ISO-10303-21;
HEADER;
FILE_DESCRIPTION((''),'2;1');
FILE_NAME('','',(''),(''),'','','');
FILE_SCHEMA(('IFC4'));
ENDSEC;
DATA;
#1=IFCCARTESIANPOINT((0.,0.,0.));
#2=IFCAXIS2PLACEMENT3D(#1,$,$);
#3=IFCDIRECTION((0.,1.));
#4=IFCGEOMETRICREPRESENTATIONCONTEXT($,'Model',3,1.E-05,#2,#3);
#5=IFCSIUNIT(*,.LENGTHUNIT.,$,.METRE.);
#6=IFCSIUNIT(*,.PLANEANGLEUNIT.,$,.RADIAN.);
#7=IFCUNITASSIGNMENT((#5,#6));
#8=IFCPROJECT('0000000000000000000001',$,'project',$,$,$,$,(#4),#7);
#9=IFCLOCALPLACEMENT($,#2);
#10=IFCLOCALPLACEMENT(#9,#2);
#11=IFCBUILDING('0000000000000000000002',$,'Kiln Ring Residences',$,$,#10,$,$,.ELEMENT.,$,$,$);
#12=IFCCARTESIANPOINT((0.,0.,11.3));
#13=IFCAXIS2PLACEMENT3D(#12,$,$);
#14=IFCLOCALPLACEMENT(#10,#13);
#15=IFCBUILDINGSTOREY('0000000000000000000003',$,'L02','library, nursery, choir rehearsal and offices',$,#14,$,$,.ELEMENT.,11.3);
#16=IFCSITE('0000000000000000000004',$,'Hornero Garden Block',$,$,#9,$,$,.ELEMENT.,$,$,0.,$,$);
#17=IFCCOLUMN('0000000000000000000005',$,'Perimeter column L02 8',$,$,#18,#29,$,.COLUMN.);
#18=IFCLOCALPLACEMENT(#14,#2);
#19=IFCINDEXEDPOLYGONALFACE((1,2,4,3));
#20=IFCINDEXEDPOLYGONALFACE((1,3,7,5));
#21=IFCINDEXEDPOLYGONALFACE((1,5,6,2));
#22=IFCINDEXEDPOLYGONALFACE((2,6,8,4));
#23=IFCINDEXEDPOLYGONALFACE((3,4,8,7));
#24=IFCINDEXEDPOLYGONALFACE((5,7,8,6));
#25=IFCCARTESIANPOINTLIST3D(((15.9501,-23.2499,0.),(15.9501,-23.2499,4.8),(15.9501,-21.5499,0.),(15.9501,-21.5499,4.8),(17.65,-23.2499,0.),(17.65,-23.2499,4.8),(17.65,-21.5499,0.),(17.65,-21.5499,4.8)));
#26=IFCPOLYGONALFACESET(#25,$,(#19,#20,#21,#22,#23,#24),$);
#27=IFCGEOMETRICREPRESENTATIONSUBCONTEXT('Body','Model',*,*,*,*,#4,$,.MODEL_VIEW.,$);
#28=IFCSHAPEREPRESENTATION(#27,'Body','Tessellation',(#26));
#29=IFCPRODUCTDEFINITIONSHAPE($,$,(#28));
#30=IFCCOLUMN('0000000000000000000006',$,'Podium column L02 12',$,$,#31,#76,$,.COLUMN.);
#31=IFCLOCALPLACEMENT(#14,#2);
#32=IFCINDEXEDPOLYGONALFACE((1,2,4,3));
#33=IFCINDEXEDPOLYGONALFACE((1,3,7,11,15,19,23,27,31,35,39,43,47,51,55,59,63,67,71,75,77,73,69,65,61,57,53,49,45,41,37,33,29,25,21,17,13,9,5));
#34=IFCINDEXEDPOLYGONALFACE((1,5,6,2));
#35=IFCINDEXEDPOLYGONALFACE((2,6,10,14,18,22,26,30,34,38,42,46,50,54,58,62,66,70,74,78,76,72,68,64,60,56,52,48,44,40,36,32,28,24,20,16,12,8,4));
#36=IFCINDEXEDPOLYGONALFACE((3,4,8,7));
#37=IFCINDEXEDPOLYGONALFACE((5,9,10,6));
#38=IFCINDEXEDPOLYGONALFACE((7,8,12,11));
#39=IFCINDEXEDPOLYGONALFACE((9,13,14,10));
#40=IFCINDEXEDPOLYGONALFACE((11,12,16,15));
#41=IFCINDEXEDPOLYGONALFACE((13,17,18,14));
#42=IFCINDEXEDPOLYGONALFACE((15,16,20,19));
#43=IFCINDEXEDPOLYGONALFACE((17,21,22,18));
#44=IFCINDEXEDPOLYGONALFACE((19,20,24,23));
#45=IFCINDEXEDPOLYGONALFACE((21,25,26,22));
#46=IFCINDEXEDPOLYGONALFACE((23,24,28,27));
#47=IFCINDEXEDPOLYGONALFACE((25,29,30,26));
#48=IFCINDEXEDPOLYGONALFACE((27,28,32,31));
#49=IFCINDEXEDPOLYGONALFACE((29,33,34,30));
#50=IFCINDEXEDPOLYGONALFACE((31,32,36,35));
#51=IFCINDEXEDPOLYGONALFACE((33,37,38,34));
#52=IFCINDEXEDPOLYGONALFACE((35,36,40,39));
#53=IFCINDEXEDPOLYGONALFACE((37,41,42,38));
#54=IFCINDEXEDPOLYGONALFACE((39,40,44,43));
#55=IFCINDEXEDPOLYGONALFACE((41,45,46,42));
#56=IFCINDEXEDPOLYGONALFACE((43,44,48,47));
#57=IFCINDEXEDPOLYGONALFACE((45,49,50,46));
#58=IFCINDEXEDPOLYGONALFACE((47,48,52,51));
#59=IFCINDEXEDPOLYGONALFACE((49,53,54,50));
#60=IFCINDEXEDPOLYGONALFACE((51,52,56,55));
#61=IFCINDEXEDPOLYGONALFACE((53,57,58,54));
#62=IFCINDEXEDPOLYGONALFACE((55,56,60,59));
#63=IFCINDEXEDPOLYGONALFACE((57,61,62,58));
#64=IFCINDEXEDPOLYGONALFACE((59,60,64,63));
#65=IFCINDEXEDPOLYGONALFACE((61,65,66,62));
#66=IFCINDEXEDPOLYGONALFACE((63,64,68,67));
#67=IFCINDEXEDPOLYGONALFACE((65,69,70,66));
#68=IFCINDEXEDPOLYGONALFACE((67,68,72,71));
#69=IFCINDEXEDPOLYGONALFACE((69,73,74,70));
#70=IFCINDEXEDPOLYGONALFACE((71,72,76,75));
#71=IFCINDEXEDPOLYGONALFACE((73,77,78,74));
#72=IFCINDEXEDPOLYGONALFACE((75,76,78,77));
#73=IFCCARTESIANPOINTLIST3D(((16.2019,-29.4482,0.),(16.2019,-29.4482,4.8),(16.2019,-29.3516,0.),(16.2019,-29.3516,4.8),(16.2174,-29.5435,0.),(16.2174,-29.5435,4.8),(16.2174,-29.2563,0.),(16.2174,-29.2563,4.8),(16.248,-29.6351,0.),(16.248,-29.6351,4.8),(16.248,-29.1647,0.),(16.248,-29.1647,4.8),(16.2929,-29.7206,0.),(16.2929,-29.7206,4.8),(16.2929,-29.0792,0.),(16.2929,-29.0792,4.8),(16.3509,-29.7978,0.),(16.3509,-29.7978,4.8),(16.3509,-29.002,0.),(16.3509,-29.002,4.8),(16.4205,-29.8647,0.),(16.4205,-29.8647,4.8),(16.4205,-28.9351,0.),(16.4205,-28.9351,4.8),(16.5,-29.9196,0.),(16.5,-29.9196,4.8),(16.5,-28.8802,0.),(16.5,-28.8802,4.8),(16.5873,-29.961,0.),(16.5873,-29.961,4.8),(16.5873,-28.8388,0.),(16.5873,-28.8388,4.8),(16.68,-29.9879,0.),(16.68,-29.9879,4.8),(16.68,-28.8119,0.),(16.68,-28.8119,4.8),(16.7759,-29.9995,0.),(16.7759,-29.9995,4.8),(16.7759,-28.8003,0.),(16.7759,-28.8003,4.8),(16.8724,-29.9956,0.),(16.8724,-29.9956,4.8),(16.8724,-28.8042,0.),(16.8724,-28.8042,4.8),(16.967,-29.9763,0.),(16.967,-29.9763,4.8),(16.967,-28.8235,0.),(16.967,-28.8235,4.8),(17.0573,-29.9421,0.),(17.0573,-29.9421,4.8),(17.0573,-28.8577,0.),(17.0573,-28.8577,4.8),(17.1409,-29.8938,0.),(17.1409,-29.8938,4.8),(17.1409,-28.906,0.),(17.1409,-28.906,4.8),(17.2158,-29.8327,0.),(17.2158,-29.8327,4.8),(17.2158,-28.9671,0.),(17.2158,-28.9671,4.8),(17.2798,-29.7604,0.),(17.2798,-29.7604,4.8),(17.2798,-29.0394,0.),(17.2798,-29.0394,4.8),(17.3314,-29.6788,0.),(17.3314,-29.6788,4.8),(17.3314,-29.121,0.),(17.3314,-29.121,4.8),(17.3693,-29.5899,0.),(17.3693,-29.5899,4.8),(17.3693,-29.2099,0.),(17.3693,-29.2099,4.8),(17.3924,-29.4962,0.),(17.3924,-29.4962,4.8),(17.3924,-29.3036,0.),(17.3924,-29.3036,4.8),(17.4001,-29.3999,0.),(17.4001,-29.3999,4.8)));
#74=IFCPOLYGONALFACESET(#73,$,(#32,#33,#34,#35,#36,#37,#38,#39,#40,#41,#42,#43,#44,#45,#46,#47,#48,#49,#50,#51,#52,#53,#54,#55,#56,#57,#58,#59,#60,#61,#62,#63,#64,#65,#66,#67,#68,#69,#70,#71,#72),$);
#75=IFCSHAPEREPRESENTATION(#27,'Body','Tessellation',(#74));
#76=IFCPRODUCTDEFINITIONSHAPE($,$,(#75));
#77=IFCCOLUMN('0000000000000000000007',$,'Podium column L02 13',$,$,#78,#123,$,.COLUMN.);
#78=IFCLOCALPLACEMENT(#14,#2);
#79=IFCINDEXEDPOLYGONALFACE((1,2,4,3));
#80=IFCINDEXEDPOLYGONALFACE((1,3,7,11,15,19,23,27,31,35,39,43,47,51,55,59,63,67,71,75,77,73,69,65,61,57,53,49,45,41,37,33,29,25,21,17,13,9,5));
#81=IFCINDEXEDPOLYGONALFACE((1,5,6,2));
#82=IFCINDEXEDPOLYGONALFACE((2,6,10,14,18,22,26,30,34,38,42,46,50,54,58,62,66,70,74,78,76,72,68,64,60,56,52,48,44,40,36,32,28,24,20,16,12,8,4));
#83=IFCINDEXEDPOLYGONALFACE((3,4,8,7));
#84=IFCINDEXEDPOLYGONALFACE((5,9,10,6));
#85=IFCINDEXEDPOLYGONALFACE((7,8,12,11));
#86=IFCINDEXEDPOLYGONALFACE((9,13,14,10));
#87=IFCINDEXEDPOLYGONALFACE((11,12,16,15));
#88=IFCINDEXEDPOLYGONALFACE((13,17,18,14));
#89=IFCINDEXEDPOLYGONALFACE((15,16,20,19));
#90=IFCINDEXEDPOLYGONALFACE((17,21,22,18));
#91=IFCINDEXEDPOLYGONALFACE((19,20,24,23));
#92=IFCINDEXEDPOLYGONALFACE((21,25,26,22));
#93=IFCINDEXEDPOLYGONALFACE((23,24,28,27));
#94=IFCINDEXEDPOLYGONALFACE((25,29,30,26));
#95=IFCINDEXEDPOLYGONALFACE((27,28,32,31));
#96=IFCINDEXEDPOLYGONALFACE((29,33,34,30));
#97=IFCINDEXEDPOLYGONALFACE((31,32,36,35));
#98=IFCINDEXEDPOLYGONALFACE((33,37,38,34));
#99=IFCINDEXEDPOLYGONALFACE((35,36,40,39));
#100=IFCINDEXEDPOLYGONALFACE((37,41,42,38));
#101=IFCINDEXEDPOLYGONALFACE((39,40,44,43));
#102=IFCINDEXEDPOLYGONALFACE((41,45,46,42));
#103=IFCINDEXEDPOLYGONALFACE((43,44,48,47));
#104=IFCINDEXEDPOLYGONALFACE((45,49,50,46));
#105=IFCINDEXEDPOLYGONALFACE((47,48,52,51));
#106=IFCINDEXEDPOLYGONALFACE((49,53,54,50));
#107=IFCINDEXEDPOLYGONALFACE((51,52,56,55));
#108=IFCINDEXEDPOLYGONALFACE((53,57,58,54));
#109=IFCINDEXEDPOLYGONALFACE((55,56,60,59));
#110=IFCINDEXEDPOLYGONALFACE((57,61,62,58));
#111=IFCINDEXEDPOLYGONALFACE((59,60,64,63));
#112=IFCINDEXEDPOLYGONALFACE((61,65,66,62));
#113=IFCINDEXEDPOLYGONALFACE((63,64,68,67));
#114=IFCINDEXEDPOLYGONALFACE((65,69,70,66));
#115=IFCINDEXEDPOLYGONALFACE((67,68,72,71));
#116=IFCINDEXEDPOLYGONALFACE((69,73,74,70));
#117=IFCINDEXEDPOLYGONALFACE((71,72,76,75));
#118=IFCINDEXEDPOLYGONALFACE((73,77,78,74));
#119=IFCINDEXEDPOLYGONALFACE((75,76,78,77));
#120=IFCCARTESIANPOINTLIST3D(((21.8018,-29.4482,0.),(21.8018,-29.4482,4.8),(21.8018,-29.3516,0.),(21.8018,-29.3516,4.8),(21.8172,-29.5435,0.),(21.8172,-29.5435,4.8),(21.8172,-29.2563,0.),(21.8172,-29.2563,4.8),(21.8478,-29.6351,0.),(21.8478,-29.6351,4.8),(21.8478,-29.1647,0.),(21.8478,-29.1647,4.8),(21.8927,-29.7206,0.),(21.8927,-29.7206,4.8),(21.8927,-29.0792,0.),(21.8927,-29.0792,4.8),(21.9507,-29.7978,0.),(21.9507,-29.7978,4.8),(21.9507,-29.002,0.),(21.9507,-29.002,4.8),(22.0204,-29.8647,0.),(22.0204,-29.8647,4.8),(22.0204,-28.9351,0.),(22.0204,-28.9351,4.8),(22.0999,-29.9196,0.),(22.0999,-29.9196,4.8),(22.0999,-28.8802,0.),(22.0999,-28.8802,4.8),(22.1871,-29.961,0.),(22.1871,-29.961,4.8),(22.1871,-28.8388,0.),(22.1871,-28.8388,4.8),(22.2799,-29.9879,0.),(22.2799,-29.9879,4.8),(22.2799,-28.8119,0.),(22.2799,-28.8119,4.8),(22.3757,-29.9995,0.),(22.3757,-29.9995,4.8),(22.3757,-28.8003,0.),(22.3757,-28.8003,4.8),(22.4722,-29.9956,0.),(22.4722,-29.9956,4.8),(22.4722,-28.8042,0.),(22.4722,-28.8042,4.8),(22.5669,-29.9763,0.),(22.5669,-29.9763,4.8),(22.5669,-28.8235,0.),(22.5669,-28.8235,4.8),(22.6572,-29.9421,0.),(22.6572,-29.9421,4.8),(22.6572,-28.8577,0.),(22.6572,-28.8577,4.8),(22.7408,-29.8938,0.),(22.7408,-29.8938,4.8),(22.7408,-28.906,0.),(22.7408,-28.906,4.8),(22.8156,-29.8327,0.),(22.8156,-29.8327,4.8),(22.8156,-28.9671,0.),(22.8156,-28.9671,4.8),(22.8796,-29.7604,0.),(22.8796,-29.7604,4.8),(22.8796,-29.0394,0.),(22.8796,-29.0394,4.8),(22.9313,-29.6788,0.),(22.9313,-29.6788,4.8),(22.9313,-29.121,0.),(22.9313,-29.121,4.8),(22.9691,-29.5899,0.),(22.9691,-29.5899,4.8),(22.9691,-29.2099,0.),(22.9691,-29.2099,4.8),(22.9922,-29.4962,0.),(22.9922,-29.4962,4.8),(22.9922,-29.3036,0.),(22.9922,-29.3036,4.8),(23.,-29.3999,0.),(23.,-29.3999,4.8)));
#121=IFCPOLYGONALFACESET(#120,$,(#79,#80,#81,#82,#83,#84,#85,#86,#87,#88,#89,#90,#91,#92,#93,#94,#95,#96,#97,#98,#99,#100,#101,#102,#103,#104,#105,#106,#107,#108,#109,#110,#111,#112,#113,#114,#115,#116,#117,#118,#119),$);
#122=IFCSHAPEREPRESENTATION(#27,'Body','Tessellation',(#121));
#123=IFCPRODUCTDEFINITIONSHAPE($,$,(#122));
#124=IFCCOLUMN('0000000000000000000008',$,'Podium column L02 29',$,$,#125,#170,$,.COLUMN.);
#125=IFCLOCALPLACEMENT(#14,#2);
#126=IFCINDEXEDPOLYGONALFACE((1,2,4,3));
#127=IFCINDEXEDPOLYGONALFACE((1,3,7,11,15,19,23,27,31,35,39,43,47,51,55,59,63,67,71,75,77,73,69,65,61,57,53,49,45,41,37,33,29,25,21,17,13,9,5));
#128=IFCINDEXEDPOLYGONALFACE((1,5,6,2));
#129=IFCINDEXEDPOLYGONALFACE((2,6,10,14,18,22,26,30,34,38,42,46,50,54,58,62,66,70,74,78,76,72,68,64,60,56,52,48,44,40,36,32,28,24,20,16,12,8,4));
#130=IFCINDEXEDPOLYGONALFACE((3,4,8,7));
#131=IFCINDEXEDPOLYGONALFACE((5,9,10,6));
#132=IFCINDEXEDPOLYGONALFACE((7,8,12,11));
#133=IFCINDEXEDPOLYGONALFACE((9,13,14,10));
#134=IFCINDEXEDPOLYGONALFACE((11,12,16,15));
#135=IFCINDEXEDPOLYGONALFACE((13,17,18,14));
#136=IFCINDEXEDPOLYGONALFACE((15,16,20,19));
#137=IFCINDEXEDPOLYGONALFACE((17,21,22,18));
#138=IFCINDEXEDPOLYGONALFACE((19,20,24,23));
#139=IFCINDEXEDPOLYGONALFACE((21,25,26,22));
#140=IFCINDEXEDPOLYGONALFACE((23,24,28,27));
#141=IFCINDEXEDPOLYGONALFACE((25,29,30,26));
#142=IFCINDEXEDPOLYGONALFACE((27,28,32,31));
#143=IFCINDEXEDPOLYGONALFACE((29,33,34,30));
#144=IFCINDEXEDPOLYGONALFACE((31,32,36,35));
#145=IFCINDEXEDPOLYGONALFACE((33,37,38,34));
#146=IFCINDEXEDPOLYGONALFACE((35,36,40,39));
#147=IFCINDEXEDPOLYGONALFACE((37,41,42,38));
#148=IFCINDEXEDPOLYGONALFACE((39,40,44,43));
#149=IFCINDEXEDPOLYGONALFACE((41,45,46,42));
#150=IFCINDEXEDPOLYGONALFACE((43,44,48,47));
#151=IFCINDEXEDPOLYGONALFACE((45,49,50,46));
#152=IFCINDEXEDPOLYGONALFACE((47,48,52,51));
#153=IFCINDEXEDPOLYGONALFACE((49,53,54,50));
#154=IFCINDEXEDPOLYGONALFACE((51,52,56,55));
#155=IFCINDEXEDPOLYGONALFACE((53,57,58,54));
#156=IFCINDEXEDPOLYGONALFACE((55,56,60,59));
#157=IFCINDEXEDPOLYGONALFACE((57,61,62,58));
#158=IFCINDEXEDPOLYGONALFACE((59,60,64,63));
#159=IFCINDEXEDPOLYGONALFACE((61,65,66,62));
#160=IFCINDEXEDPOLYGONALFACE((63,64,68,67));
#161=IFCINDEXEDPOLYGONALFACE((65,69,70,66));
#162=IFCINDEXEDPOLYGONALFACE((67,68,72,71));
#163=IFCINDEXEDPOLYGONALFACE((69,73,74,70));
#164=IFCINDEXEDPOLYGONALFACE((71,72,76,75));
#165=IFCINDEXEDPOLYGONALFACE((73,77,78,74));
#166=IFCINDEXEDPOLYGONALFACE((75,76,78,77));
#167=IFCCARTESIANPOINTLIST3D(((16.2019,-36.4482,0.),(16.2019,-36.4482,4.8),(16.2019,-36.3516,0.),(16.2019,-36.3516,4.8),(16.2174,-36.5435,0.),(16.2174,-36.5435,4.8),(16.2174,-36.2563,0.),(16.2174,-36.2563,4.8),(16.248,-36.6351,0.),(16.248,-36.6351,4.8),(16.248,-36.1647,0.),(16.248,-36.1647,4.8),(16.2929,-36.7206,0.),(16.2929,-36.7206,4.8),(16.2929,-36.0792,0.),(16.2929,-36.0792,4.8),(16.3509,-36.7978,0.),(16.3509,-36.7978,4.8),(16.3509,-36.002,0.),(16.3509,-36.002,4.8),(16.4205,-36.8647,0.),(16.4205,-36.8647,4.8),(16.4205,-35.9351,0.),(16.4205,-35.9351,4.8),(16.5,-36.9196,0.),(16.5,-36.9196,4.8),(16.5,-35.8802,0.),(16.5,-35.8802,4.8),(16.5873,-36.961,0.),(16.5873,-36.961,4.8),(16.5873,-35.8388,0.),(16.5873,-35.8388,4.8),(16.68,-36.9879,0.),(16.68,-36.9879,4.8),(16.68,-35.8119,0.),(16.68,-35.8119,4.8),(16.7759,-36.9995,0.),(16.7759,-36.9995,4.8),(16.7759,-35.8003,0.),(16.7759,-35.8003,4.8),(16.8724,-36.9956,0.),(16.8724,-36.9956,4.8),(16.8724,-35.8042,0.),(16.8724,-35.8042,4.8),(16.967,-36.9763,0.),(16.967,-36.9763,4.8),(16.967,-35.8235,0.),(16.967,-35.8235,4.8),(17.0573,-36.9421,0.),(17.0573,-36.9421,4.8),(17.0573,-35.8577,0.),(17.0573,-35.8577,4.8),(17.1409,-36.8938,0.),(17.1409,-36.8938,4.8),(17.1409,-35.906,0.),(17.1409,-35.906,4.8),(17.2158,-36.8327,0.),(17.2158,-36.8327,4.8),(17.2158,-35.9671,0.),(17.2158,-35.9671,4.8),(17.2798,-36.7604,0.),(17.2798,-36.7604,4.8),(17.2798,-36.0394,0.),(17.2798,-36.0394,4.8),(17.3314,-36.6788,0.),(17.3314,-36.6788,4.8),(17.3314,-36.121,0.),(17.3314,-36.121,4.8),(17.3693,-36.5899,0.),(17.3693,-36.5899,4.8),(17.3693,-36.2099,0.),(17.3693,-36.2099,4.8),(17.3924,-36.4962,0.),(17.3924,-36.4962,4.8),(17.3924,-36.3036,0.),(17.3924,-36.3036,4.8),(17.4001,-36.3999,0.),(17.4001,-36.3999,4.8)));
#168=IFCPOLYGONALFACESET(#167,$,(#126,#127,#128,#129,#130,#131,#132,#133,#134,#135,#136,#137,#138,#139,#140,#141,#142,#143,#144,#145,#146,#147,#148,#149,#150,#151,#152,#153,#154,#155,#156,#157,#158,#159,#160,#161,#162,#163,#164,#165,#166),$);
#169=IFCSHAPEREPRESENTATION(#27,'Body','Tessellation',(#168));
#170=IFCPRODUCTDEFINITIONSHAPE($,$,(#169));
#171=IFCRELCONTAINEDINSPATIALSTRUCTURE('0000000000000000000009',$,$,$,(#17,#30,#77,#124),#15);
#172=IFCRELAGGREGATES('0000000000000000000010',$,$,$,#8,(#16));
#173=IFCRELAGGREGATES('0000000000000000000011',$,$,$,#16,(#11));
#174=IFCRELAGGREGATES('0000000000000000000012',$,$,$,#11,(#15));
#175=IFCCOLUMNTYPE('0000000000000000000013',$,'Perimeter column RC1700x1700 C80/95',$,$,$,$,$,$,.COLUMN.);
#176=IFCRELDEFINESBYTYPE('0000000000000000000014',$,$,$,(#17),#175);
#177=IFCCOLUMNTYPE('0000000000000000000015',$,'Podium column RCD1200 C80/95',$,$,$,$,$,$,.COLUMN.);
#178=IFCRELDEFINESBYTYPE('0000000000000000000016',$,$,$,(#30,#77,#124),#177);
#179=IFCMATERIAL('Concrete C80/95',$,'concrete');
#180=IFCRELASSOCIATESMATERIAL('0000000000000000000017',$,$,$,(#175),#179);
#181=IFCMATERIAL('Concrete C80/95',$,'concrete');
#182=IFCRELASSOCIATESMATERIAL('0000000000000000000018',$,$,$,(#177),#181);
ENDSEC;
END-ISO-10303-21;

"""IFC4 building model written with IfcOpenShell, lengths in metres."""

from ifc_helpers import new_model, si_unit, direction, frame, origin, origin_2d, place, context, subcontext, project, spatial, rectangle, circle, extrude, material, material_profile, profile_set, type_object, element, save


model = new_model("IFC4")

# Units and contexts
model_context = context("Model", 3, precision=1e-05, world=origin(), true_north=direction((0.0, 1.0)))
body_context = subcontext(model_context, "Body", "Model", "MODEL_VIEW")
ifc_project = project(units=[si_unit("LENGTHUNIT", "METRE"), si_unit("PLANEANGLEUNIT", "RADIAN")], contexts=[model_context])

# Site, building, storey
site_placement = place(None, origin())
site = spatial("IfcSite", under=ifc_project, at=site_placement, Name="Hornero Garden Block", CompositionType="ELEMENT", RefElevation=0.0)
building_placement = place(site_placement, origin())
building = spatial("IfcBuilding", under=site, at=building_placement, Name="Kiln Ring Residences", CompositionType="ELEMENT")
storey_placement = place(building_placement, frame((0.0, 0.0, 11.3)))
storey = spatial("IfcBuildingStorey", under=building, at=storey_placement, Name="L02", Description="library, nursery, choir rehearsal and offices", CompositionType="ELEMENT", Elevation=11.3)

# Columns
ifc_material_1 = material(Name="Concrete C80/95", Category="concrete")
ifc_material_profile_1 = material_profile(ifc_material_1, rectangle(XDim=1.7, YDim=1.7, at=origin_2d()), Name="RC1700x1700")
ifc_profile_set_1 = profile_set([ifc_material_profile_1], Name="Concrete C80/95")
column_type_1 = type_object("IfcColumnType", Name="Perimeter column RC1700x1700 C80/95", PredefinedType="COLUMN", material=ifc_profile_set_1)
column_placement = place(storey_placement, frame((16.8, -22.3999, 0.0), z_axis=(0.0, 0.0, 1.0), x_axis=(1.0, 0.0, 0.0)))
element("IfcColumn", 1, at=column_placement, inside=storey, type_object=column_type_1, Name="Perimeter column L02 8", PredefinedType="COLUMN", context=body_context, shape_type="SweptSolid", body=[
    extrude(rectangle(XDim=1.7, YDim=1.7, at=origin_2d()), origin(), (0.0, 0.0, 1.0), 4.8),
])
ifc_material_2 = material(Name="Concrete C80/95", Category="concrete")
ifc_material_profile_2 = material_profile(ifc_material_2, circle(Radius=0.6001, at=origin_2d()), Name="RCD1200")
ifc_profile_set_2 = profile_set([ifc_material_profile_2], Name="Concrete C80/95")
column_type_2 = type_object("IfcColumnType", Name="Podium column RCD1200 C80/95", PredefinedType="COLUMN", material=ifc_profile_set_2)
for number, where, z_axis, x_axis, name in (
    (2, (16.8, -29.3999, 0.0), (0.0, 0.0, 1.0), (1.0, 0.0, 0.0), "Podium column L02 12"),
    (3, (22.3999, -29.3999, 0.0), (0.0, 0.0, 1.0), (1.0, 0.0, 0.0), "Podium column L02 13"),
    (4, (16.8, -36.3999, 0.0), (0.0, 0.0, 1.0), (1.0, 0.0, 0.0), "Podium column L02 29"),
):
    element("IfcColumn", number, at=place(storey_placement, frame(where, z_axis=z_axis, x_axis=x_axis)), inside=storey, type_object=column_type_2, Name=name, PredefinedType="COLUMN", context=body_context, shape_type="SweptSolid", body=[
        extrude(circle(Radius=0.6001, at=origin_2d()), origin(), (0.0, 0.0, 1.0), 4.8),
    ])

save(model, "model.ifc")
